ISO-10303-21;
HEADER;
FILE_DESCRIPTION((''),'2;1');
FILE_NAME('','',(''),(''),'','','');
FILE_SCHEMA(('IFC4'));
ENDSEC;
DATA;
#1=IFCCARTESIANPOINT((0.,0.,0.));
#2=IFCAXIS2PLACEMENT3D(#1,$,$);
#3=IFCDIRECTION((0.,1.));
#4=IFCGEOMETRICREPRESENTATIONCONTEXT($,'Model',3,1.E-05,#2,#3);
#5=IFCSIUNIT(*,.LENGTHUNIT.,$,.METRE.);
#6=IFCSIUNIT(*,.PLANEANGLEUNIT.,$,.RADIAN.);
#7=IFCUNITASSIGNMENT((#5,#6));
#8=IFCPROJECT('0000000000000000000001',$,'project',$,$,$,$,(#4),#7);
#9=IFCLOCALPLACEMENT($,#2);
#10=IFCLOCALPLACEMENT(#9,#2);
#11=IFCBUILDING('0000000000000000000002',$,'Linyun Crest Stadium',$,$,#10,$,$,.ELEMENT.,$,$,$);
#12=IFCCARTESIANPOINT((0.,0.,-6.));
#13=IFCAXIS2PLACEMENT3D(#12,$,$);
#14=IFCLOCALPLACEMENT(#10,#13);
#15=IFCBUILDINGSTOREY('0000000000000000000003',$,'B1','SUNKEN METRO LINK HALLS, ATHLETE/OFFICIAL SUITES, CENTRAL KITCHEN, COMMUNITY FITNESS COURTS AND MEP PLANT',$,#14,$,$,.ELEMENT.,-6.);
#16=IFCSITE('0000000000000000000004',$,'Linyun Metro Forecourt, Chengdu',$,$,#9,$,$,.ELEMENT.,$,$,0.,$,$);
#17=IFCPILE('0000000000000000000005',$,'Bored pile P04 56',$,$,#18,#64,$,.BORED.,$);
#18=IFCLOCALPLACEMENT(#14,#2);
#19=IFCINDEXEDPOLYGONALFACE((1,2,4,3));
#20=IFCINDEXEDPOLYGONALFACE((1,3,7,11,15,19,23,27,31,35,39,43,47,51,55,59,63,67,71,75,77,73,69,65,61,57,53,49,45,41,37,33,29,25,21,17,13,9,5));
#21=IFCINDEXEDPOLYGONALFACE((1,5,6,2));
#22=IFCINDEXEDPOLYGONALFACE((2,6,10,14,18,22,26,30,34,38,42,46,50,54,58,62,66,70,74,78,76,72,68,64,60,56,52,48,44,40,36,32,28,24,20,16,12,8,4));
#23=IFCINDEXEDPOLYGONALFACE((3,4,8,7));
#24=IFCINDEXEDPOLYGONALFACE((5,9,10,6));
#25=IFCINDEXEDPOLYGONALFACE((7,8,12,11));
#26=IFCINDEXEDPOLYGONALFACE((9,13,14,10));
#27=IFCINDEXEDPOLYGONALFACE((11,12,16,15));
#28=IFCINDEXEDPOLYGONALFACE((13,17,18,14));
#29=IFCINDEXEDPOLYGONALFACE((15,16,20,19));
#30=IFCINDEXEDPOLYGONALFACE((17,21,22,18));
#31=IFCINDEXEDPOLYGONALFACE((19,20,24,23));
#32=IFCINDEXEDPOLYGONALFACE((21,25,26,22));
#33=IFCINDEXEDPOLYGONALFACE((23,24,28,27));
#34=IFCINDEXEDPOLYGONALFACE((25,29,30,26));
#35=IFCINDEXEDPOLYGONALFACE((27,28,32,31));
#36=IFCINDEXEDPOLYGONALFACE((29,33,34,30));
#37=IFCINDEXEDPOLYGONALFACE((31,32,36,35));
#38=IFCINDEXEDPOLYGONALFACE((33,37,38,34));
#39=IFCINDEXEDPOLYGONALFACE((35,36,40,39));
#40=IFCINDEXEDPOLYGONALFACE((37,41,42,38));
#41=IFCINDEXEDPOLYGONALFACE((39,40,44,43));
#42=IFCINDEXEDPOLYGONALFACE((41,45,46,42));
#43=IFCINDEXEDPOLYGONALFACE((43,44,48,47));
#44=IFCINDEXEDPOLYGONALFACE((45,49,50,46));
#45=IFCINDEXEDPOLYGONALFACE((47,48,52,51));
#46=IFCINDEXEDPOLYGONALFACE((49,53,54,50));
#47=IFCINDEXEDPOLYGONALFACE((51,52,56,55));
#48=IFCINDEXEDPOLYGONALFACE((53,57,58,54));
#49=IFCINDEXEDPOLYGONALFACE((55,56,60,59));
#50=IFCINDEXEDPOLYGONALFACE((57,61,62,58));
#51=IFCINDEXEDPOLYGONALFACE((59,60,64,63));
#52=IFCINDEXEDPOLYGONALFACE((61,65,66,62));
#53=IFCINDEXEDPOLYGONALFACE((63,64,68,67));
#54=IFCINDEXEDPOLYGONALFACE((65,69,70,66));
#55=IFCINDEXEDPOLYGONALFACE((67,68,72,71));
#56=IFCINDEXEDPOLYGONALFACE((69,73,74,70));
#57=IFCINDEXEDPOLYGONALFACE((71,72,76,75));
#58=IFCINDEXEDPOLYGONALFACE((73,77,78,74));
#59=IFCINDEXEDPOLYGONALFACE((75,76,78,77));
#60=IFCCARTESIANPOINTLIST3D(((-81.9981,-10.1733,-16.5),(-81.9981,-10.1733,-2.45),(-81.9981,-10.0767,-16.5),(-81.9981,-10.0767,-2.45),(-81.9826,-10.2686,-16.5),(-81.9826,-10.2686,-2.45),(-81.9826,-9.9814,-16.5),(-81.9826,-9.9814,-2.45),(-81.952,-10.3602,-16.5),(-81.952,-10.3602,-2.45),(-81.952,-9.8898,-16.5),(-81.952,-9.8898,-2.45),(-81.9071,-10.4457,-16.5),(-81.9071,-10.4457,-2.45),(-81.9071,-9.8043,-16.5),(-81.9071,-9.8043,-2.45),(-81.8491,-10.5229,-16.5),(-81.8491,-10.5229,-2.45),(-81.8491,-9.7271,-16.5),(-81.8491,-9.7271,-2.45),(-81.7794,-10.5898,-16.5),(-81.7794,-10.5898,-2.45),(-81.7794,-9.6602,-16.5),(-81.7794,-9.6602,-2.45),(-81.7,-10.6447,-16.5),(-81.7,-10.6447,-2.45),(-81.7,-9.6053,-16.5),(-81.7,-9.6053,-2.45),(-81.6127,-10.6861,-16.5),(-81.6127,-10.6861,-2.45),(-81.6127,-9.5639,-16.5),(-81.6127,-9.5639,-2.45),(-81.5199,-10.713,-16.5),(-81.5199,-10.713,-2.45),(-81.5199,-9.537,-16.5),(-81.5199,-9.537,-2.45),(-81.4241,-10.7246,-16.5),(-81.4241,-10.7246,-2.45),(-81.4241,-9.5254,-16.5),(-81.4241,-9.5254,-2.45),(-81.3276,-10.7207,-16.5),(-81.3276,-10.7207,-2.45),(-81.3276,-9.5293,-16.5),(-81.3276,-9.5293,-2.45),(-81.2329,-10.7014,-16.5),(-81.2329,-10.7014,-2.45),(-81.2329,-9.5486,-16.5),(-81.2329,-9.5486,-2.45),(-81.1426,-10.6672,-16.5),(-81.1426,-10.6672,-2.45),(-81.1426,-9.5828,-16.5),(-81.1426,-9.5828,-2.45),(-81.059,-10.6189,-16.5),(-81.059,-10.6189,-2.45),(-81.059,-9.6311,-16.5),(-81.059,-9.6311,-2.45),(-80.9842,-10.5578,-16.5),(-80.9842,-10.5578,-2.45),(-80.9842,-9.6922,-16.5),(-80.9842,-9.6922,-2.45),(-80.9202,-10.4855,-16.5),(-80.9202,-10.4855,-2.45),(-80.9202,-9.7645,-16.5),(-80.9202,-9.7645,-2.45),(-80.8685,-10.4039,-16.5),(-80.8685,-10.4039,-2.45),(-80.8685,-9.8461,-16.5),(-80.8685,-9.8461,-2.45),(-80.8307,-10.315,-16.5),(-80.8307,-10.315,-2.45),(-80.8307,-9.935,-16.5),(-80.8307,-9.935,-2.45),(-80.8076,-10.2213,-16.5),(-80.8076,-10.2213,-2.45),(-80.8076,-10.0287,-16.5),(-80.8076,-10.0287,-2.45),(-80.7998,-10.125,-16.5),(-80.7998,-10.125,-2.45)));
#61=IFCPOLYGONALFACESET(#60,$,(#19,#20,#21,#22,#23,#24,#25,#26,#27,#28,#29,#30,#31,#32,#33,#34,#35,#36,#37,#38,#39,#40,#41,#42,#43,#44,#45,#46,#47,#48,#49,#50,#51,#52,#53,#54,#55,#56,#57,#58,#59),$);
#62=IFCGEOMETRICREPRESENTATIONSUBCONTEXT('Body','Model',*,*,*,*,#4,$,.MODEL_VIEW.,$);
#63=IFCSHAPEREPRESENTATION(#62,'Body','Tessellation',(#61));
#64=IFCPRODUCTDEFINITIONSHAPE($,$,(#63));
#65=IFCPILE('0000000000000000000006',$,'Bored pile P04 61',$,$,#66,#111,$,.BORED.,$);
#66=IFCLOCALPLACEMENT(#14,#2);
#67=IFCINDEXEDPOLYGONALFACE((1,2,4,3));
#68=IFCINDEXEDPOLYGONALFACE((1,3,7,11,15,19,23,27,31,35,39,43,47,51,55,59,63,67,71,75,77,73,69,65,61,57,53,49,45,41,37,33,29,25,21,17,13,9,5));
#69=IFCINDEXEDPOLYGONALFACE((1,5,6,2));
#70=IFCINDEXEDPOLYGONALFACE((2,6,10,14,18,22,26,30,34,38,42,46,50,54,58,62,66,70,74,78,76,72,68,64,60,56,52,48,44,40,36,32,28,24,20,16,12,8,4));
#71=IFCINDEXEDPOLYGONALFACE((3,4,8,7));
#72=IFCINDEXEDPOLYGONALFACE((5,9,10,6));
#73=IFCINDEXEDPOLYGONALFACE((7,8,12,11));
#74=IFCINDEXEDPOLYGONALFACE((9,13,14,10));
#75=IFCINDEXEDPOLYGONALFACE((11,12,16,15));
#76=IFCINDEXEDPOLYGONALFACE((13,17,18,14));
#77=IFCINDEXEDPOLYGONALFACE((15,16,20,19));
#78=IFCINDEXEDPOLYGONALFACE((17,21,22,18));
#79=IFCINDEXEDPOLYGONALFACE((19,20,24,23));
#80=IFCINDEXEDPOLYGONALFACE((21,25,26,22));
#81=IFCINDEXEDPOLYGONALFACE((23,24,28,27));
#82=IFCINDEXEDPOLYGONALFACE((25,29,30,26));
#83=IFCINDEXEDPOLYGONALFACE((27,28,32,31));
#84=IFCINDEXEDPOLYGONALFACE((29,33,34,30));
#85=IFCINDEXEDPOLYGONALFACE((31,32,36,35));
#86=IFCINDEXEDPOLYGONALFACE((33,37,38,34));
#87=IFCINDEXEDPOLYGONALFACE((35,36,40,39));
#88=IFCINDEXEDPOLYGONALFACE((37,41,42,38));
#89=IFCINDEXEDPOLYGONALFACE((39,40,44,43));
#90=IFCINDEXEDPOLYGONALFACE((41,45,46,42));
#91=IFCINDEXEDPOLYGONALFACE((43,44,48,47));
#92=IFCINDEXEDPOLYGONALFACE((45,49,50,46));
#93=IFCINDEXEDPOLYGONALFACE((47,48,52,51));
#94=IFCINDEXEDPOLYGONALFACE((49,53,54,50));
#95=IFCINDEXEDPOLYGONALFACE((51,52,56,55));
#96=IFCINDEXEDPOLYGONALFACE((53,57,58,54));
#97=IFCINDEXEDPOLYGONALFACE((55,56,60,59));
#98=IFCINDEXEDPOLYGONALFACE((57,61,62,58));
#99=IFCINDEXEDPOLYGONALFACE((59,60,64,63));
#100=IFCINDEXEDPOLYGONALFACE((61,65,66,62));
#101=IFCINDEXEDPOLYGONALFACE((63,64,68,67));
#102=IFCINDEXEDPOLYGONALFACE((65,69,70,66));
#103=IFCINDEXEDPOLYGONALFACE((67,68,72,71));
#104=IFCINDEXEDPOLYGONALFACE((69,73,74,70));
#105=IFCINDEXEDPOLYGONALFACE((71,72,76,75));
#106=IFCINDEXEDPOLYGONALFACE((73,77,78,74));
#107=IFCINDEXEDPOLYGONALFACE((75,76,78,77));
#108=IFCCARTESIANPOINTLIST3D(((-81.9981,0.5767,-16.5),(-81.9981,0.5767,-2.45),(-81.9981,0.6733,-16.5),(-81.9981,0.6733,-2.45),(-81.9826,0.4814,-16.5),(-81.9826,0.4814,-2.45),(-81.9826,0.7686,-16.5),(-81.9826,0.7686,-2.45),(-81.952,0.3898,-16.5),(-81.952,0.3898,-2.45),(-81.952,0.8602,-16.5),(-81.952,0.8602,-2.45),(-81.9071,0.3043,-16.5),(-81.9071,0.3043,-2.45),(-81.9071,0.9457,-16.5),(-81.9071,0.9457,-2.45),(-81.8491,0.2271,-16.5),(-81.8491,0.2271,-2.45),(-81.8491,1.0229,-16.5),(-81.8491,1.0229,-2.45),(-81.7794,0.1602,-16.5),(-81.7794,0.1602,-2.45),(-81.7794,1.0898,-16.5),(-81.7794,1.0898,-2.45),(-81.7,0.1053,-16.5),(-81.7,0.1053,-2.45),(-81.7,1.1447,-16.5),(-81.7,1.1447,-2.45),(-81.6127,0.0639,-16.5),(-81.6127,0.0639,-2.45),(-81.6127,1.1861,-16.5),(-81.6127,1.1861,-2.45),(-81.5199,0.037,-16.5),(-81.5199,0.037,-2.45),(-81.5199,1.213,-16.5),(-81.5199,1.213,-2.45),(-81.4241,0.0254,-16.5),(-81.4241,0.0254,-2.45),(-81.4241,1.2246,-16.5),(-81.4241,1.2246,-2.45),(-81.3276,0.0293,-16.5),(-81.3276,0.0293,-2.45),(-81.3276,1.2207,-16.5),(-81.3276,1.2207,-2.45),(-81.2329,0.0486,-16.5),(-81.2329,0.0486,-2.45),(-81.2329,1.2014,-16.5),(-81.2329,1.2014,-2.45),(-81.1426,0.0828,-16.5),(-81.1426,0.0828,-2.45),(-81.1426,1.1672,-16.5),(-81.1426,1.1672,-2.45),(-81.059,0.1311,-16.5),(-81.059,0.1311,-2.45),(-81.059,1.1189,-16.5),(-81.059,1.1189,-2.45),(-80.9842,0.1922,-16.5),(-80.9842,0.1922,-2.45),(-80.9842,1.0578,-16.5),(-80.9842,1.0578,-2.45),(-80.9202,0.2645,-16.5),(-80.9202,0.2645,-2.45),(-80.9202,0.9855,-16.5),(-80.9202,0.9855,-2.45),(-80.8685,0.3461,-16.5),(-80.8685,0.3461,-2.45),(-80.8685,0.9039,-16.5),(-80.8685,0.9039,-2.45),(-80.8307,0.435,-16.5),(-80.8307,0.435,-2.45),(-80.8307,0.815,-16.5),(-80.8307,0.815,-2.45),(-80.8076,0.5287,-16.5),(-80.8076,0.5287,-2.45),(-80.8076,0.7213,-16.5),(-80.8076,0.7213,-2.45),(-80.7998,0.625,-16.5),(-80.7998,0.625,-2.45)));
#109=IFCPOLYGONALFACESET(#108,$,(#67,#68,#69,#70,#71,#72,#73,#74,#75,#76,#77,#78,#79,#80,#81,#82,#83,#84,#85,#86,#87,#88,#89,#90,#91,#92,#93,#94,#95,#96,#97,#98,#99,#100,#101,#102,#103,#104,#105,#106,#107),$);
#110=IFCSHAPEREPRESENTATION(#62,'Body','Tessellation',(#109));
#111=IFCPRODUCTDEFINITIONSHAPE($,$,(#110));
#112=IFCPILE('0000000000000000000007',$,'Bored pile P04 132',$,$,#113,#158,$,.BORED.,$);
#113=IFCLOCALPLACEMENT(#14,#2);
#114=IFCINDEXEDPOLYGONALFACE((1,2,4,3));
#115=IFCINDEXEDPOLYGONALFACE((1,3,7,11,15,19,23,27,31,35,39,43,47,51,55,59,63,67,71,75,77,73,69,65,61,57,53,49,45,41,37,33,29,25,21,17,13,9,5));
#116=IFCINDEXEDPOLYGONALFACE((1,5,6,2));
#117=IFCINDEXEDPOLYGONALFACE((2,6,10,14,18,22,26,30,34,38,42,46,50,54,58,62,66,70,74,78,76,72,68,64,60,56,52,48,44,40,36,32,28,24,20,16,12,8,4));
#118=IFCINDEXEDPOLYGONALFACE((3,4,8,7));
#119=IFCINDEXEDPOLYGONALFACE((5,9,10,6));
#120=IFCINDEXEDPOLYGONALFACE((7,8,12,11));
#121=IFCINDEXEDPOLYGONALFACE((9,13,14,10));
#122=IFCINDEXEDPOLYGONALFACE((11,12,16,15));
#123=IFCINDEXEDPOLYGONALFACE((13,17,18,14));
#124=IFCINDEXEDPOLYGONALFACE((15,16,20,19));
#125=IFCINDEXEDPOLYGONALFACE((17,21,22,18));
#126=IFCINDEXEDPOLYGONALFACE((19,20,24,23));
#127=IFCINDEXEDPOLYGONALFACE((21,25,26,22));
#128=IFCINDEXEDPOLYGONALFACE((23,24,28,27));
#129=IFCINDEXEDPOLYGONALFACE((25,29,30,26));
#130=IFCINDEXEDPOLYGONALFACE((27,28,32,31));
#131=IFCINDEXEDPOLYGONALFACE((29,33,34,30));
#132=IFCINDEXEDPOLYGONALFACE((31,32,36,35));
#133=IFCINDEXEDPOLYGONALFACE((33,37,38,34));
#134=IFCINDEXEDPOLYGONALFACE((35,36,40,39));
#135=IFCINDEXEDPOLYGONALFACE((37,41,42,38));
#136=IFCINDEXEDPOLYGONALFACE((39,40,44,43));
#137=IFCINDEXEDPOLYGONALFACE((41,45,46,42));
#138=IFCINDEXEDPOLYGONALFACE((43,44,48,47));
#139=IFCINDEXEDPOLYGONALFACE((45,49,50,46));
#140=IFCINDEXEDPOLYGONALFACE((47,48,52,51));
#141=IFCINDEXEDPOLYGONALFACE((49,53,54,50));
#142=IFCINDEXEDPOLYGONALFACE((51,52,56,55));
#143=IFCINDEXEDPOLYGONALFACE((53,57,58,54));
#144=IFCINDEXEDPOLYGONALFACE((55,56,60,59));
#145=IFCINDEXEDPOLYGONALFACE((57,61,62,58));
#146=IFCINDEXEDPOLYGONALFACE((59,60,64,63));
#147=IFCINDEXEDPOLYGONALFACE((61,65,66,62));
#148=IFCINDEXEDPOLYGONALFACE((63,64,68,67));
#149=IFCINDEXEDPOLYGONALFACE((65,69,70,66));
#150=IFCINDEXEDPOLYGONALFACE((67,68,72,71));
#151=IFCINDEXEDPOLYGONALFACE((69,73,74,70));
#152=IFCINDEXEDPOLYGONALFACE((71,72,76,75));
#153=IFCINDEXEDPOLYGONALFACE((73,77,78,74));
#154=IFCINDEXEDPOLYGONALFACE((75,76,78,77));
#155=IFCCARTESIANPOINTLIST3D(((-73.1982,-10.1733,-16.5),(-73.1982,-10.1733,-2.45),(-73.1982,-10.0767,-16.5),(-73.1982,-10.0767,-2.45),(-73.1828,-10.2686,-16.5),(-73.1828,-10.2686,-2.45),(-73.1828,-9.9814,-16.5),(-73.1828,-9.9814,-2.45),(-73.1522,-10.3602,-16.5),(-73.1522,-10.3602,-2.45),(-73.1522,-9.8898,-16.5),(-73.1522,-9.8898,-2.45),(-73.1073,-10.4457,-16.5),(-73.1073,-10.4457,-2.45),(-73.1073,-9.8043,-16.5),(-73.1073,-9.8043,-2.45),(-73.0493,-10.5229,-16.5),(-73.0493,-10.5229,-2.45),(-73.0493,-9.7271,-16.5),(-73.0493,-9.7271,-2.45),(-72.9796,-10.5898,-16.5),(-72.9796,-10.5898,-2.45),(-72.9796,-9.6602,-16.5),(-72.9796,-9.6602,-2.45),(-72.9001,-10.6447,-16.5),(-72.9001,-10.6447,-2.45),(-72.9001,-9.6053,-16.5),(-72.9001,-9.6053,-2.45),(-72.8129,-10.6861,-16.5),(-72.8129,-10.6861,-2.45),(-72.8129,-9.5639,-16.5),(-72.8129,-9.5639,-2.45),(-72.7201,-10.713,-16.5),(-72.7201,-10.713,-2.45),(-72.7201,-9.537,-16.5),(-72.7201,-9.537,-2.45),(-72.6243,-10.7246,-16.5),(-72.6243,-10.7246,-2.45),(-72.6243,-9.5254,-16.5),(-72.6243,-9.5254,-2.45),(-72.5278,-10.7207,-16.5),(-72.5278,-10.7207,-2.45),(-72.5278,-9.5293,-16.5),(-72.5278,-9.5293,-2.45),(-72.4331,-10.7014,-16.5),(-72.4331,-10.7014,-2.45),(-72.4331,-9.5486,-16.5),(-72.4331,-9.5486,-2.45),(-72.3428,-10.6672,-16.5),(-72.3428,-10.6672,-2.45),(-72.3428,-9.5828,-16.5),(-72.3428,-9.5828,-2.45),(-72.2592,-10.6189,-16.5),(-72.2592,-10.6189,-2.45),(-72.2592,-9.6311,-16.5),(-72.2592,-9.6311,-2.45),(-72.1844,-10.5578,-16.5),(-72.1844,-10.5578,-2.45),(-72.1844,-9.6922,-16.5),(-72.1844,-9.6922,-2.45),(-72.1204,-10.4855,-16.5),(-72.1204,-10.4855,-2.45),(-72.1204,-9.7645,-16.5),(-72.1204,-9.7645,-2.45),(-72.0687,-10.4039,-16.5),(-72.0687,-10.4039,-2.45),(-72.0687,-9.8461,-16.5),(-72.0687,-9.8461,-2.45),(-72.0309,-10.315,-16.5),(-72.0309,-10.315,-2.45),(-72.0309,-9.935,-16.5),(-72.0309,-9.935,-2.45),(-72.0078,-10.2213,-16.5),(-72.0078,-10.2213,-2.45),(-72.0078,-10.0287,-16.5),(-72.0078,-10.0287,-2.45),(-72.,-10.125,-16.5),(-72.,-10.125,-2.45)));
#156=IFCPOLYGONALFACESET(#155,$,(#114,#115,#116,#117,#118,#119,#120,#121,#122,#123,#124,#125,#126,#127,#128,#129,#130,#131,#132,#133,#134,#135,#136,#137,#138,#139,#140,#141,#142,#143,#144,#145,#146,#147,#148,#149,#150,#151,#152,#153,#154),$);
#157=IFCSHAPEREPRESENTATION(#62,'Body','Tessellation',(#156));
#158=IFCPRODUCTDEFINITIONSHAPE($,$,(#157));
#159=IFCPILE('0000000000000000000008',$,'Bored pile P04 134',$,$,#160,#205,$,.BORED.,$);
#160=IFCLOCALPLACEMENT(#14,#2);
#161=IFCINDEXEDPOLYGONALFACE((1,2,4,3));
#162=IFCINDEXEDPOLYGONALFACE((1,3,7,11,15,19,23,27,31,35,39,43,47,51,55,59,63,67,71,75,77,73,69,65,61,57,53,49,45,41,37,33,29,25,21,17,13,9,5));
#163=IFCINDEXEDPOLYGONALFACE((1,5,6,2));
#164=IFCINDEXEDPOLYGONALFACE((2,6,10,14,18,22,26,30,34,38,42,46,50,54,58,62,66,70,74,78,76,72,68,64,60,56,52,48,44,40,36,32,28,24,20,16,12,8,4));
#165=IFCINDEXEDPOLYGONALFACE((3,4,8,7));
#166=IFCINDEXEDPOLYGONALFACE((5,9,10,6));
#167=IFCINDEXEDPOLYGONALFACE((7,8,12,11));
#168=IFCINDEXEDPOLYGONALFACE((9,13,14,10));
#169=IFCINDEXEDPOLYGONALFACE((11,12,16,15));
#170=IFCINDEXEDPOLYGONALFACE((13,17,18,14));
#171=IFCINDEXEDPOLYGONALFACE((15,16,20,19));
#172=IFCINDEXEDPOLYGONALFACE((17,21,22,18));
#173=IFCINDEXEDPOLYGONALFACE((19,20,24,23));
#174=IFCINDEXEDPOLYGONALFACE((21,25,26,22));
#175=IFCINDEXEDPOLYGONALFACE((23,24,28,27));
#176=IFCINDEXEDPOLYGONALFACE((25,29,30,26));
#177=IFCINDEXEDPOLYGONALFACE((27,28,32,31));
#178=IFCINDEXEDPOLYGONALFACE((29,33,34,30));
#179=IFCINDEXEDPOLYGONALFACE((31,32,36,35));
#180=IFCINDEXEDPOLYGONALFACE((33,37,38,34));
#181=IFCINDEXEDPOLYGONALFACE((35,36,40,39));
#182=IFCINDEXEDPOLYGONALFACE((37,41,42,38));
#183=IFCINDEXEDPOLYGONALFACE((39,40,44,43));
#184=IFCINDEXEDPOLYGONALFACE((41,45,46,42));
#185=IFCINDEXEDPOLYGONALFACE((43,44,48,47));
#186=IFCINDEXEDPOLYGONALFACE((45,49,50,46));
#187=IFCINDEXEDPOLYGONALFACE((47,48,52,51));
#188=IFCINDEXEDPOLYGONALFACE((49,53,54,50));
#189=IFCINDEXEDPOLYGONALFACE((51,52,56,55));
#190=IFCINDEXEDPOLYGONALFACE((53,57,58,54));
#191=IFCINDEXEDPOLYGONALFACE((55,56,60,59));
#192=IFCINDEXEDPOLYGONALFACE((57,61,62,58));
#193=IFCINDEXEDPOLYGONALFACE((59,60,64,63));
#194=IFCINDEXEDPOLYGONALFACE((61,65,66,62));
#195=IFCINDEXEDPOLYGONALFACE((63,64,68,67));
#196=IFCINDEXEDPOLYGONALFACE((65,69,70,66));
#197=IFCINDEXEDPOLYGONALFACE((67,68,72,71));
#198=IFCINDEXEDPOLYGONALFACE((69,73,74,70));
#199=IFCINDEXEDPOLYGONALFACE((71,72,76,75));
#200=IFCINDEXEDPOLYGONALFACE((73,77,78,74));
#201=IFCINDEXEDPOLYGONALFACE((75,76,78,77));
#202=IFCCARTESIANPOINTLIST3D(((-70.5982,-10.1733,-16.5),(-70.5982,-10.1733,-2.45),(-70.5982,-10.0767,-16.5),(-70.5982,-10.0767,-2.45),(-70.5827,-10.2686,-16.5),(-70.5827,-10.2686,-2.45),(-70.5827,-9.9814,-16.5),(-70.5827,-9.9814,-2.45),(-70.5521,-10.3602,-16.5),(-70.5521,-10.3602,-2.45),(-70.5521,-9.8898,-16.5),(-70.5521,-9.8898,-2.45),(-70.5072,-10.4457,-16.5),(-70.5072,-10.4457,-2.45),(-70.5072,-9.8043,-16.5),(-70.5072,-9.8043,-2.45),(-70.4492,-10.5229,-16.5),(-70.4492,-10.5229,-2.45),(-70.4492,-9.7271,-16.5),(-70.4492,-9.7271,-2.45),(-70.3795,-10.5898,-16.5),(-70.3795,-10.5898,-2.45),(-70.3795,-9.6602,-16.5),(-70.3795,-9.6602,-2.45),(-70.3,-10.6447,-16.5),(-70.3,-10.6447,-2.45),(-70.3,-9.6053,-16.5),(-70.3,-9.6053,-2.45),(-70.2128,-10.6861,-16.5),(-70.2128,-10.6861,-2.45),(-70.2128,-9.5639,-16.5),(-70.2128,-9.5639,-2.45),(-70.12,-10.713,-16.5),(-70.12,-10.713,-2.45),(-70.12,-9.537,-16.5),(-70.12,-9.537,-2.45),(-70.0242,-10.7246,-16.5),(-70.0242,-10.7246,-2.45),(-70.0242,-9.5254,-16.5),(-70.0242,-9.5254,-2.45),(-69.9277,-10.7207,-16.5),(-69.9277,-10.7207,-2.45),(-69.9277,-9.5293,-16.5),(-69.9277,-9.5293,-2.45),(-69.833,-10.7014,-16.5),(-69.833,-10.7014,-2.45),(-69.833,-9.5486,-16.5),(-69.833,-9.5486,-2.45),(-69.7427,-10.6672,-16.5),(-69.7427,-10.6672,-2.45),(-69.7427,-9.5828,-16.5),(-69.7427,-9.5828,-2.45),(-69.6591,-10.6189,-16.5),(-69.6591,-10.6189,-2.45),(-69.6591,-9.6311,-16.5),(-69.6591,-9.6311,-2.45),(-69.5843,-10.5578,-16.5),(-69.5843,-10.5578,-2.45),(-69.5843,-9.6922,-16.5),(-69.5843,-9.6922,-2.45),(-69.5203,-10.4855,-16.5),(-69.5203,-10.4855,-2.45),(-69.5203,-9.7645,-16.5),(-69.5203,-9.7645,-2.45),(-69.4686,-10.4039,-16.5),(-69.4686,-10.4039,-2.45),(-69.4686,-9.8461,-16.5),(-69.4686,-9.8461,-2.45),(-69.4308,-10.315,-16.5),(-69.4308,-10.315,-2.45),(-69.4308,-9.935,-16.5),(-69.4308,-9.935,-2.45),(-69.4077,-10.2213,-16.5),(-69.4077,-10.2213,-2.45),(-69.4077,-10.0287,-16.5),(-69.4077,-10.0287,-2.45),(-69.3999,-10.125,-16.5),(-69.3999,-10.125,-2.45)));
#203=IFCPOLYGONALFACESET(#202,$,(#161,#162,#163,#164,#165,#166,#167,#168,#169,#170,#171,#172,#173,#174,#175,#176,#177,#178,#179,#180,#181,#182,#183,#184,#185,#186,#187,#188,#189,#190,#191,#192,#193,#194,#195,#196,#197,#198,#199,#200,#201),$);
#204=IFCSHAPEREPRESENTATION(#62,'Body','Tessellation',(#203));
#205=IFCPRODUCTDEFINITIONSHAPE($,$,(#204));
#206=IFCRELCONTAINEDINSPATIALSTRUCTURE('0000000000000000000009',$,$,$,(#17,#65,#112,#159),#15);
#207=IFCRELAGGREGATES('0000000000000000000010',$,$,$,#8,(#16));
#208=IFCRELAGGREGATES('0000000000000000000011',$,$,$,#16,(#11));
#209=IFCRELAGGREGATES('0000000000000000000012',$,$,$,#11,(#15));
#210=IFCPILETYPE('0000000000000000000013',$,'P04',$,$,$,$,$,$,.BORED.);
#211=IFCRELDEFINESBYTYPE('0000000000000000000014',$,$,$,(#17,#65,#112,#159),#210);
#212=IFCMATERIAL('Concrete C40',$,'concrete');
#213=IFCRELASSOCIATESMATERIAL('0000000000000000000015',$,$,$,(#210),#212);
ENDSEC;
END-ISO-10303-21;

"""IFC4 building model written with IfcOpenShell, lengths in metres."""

from ifc_helpers import new_model, si_unit, direction, frame, origin, origin_2d, place, context, subcontext, project, spatial, circle, extrude, material, material_profile, profile_set, type_object, element, save


model = new_model("IFC4")

# Units and contexts
model_context = context("Model", 3, precision=1e-05, world=origin(), true_north=direction((0.0, 1.0)))
body_context = subcontext(model_context, "Body", "Model", "MODEL_VIEW")
ifc_project = project(units=[si_unit("LENGTHUNIT", "METRE"), si_unit("PLANEANGLEUNIT", "RADIAN")], contexts=[model_context])

# Site, building, storey
site_placement = place(None, origin())
site = spatial("IfcSite", under=ifc_project, at=site_placement, Name="Linyun Metro Forecourt, Chengdu", CompositionType="ELEMENT", RefElevation=0.0)
building_placement = place(site_placement, origin())
building = spatial("IfcBuilding", under=site, at=building_placement, Name="Linyun Crest Stadium", CompositionType="ELEMENT")
storey_placement = place(building_placement, frame((0.0, 0.0, -6.0)))
storey = spatial("IfcBuildingStorey", under=building, at=storey_placement, Name="B1", Description="SUNKEN METRO LINK HALLS, ATHLETE/OFFICIAL SUITES, CENTRAL KITCHEN, COMMUNITY FITNESS COURTS AND MEP PLANT", CompositionType="ELEMENT", Elevation=-6.0)

# Piles
ifc_material_1 = material(Name="Concrete C40", Category="concrete")
ifc_material_profile_1 = material_profile(ifc_material_1, circle(Radius=0.6001, at=origin_2d()), Name="BORED PILE 1200")
ifc_profile_set_1 = profile_set([ifc_material_profile_1], Name="Concrete C40")
pile_type_1 = type_object("IfcPileType", Name="P04", PredefinedType="BORED", material=ifc_profile_set_1)
for number, where, z_axis, x_axis, name in (
    (1, (-81.3999, -10.125, -2.45), (0.0, 0.0, -1.0), (1.0, 0.0, 0.0), "Bored pile P04 56"),
    (2, (-81.3999, 0.625, -2.45), (0.0, 0.0, -1.0), (1.0, 0.0, 0.0), "Bored pile P04 61"),
    (3, (-72.6001, -10.125, -2.45), (0.0, 0.0, -1.0), (1.0, 0.0, 0.0), "Bored pile P04 132"),
    (4, (-70.0, -10.125, -2.45), (0.0, 0.0, -1.0), (1.0, 0.0, 0.0), "Bored pile P04 134"),
):
    element("IfcPile", number, at=place(storey_placement, frame(where, z_axis=z_axis, x_axis=x_axis)), inside=storey, type_object=pile_type_1, Name=name, PredefinedType="BORED", context=body_context, shape_type="SweptSolid", body=[
        extrude(circle(Radius=0.6001, at=origin_2d()), origin(), (0.0, 0.0, 1.0), 14.05),
    ])

save(model, "model.ifc")
